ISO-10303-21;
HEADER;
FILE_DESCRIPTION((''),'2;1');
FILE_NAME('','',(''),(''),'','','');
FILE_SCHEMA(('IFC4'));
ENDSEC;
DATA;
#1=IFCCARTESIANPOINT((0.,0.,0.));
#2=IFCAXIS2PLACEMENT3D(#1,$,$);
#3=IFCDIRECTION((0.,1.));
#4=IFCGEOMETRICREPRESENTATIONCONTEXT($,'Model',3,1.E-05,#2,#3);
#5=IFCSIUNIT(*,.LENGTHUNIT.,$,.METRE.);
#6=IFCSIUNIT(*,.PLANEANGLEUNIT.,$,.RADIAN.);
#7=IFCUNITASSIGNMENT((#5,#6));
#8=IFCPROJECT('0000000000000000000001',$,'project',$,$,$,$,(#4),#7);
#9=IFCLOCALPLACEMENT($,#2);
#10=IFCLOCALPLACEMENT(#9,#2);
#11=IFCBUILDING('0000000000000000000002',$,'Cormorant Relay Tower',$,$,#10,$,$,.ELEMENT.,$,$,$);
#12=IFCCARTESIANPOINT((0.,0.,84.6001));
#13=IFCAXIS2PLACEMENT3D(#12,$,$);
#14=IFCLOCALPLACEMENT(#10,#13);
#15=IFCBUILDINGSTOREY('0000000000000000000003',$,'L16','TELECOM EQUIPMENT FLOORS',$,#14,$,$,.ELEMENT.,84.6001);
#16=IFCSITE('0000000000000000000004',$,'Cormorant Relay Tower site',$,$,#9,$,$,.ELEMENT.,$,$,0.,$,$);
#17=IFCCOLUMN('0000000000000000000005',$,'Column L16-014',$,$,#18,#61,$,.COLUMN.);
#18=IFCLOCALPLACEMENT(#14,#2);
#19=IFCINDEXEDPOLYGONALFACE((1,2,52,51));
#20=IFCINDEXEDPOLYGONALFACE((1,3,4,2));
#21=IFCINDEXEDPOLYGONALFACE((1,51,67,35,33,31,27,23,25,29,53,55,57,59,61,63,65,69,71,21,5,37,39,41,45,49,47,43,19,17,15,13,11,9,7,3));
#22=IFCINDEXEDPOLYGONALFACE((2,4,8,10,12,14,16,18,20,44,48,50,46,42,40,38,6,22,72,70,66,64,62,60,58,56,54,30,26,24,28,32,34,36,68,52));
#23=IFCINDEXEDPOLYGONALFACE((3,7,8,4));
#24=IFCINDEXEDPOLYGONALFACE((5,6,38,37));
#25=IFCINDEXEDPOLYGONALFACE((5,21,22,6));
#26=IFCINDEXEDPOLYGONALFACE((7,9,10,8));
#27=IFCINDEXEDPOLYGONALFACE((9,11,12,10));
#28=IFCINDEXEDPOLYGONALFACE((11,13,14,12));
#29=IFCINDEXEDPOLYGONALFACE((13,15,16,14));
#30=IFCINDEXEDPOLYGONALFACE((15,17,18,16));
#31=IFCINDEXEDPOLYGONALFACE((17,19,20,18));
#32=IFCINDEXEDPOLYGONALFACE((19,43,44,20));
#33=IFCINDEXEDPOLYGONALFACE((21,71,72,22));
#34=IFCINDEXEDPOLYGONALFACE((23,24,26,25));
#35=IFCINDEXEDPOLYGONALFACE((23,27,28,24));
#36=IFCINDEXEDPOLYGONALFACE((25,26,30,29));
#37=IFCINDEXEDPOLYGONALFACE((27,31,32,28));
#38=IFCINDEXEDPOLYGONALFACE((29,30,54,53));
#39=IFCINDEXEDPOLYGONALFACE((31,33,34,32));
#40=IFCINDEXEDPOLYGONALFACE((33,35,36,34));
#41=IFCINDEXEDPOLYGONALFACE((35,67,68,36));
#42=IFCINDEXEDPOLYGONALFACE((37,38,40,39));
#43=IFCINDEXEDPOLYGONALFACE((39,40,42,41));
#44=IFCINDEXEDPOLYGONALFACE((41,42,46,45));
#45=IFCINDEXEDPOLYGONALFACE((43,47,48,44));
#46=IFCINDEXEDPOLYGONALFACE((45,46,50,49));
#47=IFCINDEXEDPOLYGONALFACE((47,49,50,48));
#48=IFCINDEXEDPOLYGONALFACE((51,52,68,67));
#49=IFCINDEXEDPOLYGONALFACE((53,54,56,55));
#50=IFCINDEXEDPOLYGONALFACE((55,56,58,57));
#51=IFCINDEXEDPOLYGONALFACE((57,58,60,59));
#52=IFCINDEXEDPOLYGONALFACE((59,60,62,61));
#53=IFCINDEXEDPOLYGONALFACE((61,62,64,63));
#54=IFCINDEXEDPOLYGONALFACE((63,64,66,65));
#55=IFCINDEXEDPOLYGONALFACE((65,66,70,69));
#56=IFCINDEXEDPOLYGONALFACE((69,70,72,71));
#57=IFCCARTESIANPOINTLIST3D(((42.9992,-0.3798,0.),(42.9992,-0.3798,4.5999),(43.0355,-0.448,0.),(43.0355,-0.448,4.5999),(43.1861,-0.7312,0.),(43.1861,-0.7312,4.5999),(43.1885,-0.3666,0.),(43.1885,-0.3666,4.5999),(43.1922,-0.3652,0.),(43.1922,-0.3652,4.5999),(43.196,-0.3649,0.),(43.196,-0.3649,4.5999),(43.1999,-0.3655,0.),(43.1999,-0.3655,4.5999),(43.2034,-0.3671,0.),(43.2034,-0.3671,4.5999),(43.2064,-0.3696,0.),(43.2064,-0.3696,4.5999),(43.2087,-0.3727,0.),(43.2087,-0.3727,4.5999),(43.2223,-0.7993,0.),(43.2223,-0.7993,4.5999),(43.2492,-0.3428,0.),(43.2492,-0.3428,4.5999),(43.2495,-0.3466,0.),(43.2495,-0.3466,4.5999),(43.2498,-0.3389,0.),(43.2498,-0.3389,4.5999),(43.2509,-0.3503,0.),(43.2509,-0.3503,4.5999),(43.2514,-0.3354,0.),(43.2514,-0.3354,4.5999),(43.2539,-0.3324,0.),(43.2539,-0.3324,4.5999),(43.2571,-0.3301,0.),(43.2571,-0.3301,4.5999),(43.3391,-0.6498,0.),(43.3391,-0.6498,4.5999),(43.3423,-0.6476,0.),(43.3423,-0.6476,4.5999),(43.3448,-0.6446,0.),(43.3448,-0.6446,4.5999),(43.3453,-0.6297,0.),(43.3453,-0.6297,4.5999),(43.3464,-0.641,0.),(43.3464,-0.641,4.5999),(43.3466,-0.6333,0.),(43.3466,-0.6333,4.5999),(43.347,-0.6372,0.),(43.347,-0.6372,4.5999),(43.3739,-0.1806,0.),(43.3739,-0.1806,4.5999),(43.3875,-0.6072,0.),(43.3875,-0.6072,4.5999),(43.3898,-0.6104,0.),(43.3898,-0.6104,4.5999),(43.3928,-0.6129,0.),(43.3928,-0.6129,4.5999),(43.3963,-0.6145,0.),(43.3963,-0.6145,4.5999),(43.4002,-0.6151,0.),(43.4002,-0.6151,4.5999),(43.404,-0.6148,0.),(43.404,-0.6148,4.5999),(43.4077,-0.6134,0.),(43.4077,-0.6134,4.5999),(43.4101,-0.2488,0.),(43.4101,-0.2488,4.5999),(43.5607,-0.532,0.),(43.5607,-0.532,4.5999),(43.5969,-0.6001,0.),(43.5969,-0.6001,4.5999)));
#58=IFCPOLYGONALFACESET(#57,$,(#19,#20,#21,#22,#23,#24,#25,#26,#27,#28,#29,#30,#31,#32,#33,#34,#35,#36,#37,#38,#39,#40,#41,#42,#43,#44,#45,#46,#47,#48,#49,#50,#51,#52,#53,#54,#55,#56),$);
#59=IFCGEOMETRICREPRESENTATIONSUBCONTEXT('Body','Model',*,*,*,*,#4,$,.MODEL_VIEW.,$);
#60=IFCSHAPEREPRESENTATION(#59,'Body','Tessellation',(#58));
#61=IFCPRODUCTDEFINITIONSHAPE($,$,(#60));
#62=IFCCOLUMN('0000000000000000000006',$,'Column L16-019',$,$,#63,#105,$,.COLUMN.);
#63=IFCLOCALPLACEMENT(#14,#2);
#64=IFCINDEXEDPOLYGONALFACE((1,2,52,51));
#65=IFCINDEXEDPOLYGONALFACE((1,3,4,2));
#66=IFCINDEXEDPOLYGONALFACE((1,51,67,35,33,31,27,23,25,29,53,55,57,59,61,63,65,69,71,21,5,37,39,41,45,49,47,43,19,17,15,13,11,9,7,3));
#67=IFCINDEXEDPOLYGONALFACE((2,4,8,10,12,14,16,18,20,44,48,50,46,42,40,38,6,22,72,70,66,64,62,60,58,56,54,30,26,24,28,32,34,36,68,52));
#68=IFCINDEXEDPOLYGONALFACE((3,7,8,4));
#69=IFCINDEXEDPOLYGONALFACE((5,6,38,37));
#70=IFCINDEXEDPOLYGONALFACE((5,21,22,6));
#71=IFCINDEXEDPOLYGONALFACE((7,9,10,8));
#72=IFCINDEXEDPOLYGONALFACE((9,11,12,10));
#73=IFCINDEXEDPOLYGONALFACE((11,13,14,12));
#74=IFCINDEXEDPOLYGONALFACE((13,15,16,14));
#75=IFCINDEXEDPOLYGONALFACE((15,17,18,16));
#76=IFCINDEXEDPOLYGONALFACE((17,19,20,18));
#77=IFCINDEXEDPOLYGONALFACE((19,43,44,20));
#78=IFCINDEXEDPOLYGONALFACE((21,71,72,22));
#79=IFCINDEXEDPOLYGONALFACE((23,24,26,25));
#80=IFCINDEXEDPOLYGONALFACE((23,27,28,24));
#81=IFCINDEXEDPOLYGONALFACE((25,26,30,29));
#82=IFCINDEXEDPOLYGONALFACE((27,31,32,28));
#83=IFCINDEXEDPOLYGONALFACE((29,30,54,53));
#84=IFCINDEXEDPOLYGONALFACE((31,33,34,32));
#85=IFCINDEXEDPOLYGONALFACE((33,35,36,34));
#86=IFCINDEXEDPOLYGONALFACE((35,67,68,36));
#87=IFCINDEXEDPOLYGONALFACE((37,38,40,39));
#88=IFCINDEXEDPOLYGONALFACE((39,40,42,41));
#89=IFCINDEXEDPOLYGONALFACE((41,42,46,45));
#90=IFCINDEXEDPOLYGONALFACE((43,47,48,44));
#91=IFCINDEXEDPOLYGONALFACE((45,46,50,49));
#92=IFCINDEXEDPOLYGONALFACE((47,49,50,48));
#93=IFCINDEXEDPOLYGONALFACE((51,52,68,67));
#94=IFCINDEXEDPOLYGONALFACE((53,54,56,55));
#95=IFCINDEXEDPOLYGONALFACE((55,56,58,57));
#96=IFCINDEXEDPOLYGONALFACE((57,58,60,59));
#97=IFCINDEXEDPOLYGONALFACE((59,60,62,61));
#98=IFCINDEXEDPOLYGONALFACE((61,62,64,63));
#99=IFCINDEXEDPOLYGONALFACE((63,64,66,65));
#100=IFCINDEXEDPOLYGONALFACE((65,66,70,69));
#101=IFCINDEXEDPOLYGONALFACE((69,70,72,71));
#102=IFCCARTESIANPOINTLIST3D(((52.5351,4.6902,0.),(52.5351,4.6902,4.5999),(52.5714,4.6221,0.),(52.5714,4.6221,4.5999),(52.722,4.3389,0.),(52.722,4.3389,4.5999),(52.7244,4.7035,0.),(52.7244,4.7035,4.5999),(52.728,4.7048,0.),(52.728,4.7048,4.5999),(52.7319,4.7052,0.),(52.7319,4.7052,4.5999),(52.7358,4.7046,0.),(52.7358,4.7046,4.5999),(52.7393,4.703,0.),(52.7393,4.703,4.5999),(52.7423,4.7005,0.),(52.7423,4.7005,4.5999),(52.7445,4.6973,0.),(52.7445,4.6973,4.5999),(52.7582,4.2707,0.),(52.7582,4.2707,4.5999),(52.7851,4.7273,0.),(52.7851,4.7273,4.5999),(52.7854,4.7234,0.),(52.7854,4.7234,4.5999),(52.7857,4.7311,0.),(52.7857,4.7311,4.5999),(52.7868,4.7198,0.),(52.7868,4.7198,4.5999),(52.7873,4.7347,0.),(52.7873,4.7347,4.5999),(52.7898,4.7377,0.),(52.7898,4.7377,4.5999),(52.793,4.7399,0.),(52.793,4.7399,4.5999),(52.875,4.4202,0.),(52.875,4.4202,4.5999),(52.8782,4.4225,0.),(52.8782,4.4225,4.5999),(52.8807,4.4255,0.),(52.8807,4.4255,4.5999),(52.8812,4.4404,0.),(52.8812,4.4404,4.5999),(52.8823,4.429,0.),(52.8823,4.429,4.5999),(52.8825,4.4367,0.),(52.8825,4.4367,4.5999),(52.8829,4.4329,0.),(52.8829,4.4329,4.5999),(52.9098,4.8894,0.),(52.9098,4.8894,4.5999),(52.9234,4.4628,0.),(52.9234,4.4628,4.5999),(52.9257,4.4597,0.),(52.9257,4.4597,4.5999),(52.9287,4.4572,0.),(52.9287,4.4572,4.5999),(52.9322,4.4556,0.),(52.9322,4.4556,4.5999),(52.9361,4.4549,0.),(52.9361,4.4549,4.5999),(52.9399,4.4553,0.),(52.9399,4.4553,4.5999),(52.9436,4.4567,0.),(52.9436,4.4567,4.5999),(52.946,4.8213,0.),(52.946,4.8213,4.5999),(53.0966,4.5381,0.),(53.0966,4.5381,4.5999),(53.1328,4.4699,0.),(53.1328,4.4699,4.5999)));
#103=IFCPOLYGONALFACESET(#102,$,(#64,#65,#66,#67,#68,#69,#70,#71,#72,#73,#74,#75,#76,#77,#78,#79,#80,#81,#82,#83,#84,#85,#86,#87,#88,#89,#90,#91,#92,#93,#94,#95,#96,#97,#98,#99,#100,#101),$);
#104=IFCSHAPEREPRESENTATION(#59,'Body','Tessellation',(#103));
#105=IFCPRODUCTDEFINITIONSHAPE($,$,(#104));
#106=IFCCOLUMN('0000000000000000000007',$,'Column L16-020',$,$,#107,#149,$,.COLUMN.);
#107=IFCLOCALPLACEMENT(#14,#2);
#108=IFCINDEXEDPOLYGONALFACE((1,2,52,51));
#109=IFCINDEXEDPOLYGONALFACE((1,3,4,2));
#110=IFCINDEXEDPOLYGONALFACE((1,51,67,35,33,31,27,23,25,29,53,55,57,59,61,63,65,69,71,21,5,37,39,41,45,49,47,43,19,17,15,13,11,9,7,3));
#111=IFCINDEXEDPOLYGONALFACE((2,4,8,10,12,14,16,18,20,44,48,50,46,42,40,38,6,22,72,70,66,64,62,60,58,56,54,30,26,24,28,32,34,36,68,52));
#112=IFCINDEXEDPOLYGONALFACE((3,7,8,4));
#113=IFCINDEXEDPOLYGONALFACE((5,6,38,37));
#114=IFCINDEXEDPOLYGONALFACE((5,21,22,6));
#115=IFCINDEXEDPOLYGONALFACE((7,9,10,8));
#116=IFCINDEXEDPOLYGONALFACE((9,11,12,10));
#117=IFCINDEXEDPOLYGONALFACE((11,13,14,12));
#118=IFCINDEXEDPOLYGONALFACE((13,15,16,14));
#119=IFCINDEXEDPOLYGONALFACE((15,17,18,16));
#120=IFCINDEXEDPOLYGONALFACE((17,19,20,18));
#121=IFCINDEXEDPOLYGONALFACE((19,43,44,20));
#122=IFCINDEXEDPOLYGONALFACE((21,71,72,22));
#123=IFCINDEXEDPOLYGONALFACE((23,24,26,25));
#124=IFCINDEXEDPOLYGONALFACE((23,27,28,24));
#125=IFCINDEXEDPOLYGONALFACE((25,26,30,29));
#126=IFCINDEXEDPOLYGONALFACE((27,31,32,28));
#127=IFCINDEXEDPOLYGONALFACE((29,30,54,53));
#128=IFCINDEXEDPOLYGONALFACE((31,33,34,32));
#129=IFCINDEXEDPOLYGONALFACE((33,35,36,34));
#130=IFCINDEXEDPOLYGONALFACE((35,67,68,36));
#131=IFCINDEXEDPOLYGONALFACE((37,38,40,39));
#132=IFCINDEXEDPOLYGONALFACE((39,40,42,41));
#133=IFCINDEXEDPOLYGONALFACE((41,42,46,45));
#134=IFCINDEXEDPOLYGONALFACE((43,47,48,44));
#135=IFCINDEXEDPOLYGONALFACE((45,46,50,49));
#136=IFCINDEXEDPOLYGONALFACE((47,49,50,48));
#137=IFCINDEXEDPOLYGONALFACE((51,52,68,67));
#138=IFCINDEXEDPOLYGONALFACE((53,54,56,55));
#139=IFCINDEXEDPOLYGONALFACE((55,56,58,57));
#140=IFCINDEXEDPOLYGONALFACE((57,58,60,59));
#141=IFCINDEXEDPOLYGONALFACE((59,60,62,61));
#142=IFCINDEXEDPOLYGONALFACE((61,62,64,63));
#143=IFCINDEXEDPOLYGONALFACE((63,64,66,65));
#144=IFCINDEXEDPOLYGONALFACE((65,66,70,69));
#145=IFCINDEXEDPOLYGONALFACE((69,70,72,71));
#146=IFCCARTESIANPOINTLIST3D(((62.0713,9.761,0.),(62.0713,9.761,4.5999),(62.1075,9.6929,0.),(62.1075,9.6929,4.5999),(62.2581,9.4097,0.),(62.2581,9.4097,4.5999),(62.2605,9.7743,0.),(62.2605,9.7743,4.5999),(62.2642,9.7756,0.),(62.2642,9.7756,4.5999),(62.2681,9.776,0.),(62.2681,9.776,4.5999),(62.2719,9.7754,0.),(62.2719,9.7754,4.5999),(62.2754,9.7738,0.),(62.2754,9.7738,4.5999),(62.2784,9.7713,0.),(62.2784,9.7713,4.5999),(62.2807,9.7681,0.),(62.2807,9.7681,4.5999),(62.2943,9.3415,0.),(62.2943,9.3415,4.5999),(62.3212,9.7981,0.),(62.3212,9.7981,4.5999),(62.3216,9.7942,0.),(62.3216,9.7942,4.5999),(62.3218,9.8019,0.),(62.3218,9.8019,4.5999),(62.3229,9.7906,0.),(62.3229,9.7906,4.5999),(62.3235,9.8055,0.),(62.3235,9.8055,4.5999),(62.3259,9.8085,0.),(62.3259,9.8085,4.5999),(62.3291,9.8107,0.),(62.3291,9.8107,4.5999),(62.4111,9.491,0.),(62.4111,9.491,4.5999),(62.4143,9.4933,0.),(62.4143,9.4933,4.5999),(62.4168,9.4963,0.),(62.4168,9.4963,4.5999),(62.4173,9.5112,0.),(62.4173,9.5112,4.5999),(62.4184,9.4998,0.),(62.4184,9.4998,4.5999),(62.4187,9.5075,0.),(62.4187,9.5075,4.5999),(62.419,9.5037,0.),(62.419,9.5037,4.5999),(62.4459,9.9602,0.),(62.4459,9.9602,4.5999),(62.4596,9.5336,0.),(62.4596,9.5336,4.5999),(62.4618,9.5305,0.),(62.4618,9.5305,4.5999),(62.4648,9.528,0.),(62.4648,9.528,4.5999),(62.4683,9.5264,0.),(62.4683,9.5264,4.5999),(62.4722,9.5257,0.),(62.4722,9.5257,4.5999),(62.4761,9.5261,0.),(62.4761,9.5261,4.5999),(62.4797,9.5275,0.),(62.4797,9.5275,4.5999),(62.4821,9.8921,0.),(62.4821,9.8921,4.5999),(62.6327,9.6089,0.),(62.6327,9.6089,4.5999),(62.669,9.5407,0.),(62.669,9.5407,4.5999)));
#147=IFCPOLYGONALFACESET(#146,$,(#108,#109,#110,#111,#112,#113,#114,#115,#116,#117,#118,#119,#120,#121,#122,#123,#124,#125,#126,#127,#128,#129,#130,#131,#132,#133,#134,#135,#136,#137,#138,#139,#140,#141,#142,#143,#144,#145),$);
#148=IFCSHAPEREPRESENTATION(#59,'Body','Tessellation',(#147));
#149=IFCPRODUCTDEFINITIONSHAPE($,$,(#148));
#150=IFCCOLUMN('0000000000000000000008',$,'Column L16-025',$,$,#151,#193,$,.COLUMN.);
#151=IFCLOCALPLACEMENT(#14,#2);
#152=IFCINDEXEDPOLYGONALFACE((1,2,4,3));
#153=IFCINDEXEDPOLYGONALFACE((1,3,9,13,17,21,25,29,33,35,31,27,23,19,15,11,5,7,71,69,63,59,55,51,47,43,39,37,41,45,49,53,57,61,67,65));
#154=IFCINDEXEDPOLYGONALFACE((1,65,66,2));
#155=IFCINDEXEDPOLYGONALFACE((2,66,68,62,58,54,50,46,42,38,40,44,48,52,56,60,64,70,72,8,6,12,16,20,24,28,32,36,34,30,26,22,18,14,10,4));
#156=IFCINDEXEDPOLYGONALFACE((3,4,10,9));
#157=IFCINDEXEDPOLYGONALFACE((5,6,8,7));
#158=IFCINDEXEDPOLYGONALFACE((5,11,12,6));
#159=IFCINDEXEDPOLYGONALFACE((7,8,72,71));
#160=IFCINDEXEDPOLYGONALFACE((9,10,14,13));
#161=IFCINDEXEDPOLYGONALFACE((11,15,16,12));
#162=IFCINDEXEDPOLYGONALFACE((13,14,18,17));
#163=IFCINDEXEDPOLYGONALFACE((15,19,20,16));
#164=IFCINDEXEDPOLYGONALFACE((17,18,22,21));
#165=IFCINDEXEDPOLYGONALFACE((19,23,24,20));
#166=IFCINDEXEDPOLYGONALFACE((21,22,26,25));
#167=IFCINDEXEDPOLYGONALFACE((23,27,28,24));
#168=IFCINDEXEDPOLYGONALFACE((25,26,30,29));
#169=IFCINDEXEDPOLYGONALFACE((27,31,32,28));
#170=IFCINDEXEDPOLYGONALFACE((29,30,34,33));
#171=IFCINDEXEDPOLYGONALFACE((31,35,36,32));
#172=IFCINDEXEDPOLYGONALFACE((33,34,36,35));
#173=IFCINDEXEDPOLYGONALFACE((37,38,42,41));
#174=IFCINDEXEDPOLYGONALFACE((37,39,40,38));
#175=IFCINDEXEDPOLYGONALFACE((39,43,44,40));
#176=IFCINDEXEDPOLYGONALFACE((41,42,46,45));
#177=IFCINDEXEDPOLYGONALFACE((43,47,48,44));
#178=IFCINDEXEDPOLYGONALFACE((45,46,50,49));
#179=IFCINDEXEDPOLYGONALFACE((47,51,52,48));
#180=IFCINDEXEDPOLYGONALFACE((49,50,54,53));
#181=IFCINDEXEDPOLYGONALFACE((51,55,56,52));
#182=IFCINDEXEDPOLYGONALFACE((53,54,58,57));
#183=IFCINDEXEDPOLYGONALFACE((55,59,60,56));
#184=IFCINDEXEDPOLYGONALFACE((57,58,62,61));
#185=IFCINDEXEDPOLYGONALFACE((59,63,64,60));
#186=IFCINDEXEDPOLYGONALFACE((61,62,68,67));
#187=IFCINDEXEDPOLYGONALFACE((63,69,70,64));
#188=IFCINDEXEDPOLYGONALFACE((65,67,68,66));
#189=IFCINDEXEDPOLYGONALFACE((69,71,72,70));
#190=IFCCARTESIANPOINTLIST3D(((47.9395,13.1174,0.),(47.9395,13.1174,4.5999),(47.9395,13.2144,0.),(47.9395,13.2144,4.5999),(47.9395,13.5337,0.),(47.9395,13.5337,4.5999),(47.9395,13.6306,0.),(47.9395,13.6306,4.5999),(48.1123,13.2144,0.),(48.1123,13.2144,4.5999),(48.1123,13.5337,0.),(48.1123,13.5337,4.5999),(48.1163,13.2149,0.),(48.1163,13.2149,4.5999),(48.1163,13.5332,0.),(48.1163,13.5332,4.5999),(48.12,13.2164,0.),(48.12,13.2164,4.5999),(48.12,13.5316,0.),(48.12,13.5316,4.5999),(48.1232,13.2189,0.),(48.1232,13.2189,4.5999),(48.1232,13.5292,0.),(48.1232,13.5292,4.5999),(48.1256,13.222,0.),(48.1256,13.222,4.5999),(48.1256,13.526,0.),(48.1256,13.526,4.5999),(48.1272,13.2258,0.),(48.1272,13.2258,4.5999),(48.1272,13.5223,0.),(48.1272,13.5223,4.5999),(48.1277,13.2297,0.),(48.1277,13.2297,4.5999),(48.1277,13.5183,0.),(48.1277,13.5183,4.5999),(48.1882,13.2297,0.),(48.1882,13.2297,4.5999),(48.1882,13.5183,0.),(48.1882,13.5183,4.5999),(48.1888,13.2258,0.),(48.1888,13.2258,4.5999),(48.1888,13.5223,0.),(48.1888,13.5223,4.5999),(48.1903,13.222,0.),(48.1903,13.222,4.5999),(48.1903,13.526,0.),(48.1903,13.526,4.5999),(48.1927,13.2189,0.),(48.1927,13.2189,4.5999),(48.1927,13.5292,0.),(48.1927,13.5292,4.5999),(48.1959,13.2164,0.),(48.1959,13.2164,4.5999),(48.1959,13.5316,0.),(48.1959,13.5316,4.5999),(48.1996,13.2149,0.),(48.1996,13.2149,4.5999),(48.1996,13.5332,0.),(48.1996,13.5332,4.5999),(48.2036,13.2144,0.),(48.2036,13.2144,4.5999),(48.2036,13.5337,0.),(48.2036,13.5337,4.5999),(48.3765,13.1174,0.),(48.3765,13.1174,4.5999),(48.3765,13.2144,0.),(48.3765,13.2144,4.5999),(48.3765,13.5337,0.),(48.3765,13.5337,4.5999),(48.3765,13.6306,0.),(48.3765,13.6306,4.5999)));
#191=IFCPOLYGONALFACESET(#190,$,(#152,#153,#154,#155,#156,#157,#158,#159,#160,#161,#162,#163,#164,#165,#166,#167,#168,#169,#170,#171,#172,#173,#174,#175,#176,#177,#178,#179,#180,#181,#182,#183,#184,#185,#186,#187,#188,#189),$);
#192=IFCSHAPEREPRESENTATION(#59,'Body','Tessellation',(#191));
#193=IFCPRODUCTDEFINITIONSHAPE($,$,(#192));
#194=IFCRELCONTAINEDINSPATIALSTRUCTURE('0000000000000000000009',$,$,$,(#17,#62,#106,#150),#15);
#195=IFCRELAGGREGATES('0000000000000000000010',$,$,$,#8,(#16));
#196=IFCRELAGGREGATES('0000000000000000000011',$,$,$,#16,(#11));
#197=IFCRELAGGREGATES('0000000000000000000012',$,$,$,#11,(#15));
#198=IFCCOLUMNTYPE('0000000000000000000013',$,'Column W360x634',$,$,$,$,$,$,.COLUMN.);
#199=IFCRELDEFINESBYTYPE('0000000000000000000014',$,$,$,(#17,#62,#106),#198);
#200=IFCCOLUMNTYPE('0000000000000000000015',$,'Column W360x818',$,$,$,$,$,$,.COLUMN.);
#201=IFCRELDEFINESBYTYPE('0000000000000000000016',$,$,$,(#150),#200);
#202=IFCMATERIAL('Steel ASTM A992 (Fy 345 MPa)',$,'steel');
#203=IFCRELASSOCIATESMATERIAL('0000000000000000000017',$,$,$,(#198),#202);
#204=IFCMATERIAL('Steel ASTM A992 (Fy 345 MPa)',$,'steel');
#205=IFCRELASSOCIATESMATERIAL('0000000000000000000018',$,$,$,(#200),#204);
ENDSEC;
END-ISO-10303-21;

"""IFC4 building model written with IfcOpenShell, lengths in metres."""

from ifc_helpers import new_model, si_unit, direction, frame, origin, origin_2d, place, context, subcontext, project, spatial, i_section, extrude, material, material_profile, profile_set, type_object, element, save


model = new_model("IFC4")

# Units and contexts
model_context = context("Model", 3, precision=1e-05, world=origin(), true_north=direction((0.0, 1.0)))
body_context = subcontext(model_context, "Body", "Model", "MODEL_VIEW")
ifc_project = project(units=[si_unit("LENGTHUNIT", "METRE"), si_unit("PLANEANGLEUNIT", "RADIAN")], contexts=[model_context])

# Site, building, storey
site_placement = place(None, origin())
site = spatial("IfcSite", under=ifc_project, at=site_placement, Name="Cormorant Relay Tower site", CompositionType="ELEMENT", RefElevation=0.0)
building_placement = place(site_placement, origin())
building = spatial("IfcBuilding", under=site, at=building_placement, Name="Cormorant Relay Tower", CompositionType="ELEMENT")
storey_placement = place(building_placement, frame((0.0, 0.0, 84.6001)))
storey = spatial("IfcBuildingStorey", under=building, at=storey_placement, Name="L16", Description="TELECOM EQUIPMENT FLOORS", CompositionType="ELEMENT", Elevation=84.6001)

# Columns
ifc_material_1 = material(Name="Steel ASTM A992 (Fy 345 MPa)", Category="steel")
ifc_material_profile_1 = material_profile(ifc_material_1, i_section(OverallWidth=0.4243, OverallDepth=0.4751, WebThickness=0.0479, FlangeThickness=0.0771, FilletRadius=0.0149, at=origin_2d()), Name="W360x634")
ifc_profile_set_1 = profile_set([ifc_material_profile_1], Name="Steel ASTM A992 (Fy 345 MPa)")
column_type_1 = type_object("IfcColumnType", Name="Column W360x634", PredefinedType="COLUMN", material=ifc_profile_set_1)
for number, where, z_axis, x_axis, name in (
    (1, (43.2981, -0.49, 0.0), (0.0, 0.0, 1.0), (0.882948, 0.469472, 0.0), "Column L16-014"),
    (2, (52.834, 4.5801, 0.0), (0.0, 0.0, 1.0), (0.882948, 0.469472, 0.0), "Column L16-019"),
    (3, (62.3701, 9.6509, 0.0), (0.0, 0.0, 1.0), (0.882948, 0.469472, 0.0), "Column L16-020"),
):
    element("IfcColumn", number, at=place(storey_placement, frame(where, z_axis=z_axis, x_axis=x_axis)), inside=storey, type_object=column_type_1, Name=name, PredefinedType="COLUMN", context=body_context, shape_type="SweptSolid", body=[
        extrude(i_section(OverallWidth=0.4243, OverallDepth=0.4751, WebThickness=0.0479, FlangeThickness=0.0771, FilletRadius=0.0149, at=origin_2d()), origin(), (0.0, 0.0, 1.0), 4.5999),
    ])
ifc_material_2 = material(Name="Steel ASTM A992 (Fy 345 MPa)", Category="steel")
ifc_material_profile_2 = material_profile(ifc_material_2, i_section(OverallWidth=0.437, OverallDepth=0.5132, WebThickness=0.0605, FlangeThickness=0.0969, FilletRadius=0.0154, at=origin_2d()), Name="W360x818")
ifc_profile_set_2 = profile_set([ifc_material_profile_2], Name="Steel ASTM A992 (Fy 345 MPa)")
column_type_2 = type_object("IfcColumnType", Name="Column W360x818", PredefinedType="COLUMN", material=ifc_profile_set_2)
for number, where, z_axis, x_axis, name in (
    (4, (48.158, 13.374, 0.0), (0.0, 0.0, 1.0), (1.0, 0.0, 0.0), "Column L16-025"),
):
    element("IfcColumn", number, at=place(storey_placement, frame(where, z_axis=z_axis, x_axis=x_axis)), inside=storey, type_object=column_type_2, Name=name, PredefinedType="COLUMN", context=body_context, shape_type="SweptSolid", body=[
        extrude(i_section(OverallWidth=0.437, OverallDepth=0.5132, WebThickness=0.0605, FlangeThickness=0.0969, FilletRadius=0.0154, at=origin_2d()), origin(), (0.0, 0.0, 1.0), 4.5999),
    ])

save(model, "model.ifc")
